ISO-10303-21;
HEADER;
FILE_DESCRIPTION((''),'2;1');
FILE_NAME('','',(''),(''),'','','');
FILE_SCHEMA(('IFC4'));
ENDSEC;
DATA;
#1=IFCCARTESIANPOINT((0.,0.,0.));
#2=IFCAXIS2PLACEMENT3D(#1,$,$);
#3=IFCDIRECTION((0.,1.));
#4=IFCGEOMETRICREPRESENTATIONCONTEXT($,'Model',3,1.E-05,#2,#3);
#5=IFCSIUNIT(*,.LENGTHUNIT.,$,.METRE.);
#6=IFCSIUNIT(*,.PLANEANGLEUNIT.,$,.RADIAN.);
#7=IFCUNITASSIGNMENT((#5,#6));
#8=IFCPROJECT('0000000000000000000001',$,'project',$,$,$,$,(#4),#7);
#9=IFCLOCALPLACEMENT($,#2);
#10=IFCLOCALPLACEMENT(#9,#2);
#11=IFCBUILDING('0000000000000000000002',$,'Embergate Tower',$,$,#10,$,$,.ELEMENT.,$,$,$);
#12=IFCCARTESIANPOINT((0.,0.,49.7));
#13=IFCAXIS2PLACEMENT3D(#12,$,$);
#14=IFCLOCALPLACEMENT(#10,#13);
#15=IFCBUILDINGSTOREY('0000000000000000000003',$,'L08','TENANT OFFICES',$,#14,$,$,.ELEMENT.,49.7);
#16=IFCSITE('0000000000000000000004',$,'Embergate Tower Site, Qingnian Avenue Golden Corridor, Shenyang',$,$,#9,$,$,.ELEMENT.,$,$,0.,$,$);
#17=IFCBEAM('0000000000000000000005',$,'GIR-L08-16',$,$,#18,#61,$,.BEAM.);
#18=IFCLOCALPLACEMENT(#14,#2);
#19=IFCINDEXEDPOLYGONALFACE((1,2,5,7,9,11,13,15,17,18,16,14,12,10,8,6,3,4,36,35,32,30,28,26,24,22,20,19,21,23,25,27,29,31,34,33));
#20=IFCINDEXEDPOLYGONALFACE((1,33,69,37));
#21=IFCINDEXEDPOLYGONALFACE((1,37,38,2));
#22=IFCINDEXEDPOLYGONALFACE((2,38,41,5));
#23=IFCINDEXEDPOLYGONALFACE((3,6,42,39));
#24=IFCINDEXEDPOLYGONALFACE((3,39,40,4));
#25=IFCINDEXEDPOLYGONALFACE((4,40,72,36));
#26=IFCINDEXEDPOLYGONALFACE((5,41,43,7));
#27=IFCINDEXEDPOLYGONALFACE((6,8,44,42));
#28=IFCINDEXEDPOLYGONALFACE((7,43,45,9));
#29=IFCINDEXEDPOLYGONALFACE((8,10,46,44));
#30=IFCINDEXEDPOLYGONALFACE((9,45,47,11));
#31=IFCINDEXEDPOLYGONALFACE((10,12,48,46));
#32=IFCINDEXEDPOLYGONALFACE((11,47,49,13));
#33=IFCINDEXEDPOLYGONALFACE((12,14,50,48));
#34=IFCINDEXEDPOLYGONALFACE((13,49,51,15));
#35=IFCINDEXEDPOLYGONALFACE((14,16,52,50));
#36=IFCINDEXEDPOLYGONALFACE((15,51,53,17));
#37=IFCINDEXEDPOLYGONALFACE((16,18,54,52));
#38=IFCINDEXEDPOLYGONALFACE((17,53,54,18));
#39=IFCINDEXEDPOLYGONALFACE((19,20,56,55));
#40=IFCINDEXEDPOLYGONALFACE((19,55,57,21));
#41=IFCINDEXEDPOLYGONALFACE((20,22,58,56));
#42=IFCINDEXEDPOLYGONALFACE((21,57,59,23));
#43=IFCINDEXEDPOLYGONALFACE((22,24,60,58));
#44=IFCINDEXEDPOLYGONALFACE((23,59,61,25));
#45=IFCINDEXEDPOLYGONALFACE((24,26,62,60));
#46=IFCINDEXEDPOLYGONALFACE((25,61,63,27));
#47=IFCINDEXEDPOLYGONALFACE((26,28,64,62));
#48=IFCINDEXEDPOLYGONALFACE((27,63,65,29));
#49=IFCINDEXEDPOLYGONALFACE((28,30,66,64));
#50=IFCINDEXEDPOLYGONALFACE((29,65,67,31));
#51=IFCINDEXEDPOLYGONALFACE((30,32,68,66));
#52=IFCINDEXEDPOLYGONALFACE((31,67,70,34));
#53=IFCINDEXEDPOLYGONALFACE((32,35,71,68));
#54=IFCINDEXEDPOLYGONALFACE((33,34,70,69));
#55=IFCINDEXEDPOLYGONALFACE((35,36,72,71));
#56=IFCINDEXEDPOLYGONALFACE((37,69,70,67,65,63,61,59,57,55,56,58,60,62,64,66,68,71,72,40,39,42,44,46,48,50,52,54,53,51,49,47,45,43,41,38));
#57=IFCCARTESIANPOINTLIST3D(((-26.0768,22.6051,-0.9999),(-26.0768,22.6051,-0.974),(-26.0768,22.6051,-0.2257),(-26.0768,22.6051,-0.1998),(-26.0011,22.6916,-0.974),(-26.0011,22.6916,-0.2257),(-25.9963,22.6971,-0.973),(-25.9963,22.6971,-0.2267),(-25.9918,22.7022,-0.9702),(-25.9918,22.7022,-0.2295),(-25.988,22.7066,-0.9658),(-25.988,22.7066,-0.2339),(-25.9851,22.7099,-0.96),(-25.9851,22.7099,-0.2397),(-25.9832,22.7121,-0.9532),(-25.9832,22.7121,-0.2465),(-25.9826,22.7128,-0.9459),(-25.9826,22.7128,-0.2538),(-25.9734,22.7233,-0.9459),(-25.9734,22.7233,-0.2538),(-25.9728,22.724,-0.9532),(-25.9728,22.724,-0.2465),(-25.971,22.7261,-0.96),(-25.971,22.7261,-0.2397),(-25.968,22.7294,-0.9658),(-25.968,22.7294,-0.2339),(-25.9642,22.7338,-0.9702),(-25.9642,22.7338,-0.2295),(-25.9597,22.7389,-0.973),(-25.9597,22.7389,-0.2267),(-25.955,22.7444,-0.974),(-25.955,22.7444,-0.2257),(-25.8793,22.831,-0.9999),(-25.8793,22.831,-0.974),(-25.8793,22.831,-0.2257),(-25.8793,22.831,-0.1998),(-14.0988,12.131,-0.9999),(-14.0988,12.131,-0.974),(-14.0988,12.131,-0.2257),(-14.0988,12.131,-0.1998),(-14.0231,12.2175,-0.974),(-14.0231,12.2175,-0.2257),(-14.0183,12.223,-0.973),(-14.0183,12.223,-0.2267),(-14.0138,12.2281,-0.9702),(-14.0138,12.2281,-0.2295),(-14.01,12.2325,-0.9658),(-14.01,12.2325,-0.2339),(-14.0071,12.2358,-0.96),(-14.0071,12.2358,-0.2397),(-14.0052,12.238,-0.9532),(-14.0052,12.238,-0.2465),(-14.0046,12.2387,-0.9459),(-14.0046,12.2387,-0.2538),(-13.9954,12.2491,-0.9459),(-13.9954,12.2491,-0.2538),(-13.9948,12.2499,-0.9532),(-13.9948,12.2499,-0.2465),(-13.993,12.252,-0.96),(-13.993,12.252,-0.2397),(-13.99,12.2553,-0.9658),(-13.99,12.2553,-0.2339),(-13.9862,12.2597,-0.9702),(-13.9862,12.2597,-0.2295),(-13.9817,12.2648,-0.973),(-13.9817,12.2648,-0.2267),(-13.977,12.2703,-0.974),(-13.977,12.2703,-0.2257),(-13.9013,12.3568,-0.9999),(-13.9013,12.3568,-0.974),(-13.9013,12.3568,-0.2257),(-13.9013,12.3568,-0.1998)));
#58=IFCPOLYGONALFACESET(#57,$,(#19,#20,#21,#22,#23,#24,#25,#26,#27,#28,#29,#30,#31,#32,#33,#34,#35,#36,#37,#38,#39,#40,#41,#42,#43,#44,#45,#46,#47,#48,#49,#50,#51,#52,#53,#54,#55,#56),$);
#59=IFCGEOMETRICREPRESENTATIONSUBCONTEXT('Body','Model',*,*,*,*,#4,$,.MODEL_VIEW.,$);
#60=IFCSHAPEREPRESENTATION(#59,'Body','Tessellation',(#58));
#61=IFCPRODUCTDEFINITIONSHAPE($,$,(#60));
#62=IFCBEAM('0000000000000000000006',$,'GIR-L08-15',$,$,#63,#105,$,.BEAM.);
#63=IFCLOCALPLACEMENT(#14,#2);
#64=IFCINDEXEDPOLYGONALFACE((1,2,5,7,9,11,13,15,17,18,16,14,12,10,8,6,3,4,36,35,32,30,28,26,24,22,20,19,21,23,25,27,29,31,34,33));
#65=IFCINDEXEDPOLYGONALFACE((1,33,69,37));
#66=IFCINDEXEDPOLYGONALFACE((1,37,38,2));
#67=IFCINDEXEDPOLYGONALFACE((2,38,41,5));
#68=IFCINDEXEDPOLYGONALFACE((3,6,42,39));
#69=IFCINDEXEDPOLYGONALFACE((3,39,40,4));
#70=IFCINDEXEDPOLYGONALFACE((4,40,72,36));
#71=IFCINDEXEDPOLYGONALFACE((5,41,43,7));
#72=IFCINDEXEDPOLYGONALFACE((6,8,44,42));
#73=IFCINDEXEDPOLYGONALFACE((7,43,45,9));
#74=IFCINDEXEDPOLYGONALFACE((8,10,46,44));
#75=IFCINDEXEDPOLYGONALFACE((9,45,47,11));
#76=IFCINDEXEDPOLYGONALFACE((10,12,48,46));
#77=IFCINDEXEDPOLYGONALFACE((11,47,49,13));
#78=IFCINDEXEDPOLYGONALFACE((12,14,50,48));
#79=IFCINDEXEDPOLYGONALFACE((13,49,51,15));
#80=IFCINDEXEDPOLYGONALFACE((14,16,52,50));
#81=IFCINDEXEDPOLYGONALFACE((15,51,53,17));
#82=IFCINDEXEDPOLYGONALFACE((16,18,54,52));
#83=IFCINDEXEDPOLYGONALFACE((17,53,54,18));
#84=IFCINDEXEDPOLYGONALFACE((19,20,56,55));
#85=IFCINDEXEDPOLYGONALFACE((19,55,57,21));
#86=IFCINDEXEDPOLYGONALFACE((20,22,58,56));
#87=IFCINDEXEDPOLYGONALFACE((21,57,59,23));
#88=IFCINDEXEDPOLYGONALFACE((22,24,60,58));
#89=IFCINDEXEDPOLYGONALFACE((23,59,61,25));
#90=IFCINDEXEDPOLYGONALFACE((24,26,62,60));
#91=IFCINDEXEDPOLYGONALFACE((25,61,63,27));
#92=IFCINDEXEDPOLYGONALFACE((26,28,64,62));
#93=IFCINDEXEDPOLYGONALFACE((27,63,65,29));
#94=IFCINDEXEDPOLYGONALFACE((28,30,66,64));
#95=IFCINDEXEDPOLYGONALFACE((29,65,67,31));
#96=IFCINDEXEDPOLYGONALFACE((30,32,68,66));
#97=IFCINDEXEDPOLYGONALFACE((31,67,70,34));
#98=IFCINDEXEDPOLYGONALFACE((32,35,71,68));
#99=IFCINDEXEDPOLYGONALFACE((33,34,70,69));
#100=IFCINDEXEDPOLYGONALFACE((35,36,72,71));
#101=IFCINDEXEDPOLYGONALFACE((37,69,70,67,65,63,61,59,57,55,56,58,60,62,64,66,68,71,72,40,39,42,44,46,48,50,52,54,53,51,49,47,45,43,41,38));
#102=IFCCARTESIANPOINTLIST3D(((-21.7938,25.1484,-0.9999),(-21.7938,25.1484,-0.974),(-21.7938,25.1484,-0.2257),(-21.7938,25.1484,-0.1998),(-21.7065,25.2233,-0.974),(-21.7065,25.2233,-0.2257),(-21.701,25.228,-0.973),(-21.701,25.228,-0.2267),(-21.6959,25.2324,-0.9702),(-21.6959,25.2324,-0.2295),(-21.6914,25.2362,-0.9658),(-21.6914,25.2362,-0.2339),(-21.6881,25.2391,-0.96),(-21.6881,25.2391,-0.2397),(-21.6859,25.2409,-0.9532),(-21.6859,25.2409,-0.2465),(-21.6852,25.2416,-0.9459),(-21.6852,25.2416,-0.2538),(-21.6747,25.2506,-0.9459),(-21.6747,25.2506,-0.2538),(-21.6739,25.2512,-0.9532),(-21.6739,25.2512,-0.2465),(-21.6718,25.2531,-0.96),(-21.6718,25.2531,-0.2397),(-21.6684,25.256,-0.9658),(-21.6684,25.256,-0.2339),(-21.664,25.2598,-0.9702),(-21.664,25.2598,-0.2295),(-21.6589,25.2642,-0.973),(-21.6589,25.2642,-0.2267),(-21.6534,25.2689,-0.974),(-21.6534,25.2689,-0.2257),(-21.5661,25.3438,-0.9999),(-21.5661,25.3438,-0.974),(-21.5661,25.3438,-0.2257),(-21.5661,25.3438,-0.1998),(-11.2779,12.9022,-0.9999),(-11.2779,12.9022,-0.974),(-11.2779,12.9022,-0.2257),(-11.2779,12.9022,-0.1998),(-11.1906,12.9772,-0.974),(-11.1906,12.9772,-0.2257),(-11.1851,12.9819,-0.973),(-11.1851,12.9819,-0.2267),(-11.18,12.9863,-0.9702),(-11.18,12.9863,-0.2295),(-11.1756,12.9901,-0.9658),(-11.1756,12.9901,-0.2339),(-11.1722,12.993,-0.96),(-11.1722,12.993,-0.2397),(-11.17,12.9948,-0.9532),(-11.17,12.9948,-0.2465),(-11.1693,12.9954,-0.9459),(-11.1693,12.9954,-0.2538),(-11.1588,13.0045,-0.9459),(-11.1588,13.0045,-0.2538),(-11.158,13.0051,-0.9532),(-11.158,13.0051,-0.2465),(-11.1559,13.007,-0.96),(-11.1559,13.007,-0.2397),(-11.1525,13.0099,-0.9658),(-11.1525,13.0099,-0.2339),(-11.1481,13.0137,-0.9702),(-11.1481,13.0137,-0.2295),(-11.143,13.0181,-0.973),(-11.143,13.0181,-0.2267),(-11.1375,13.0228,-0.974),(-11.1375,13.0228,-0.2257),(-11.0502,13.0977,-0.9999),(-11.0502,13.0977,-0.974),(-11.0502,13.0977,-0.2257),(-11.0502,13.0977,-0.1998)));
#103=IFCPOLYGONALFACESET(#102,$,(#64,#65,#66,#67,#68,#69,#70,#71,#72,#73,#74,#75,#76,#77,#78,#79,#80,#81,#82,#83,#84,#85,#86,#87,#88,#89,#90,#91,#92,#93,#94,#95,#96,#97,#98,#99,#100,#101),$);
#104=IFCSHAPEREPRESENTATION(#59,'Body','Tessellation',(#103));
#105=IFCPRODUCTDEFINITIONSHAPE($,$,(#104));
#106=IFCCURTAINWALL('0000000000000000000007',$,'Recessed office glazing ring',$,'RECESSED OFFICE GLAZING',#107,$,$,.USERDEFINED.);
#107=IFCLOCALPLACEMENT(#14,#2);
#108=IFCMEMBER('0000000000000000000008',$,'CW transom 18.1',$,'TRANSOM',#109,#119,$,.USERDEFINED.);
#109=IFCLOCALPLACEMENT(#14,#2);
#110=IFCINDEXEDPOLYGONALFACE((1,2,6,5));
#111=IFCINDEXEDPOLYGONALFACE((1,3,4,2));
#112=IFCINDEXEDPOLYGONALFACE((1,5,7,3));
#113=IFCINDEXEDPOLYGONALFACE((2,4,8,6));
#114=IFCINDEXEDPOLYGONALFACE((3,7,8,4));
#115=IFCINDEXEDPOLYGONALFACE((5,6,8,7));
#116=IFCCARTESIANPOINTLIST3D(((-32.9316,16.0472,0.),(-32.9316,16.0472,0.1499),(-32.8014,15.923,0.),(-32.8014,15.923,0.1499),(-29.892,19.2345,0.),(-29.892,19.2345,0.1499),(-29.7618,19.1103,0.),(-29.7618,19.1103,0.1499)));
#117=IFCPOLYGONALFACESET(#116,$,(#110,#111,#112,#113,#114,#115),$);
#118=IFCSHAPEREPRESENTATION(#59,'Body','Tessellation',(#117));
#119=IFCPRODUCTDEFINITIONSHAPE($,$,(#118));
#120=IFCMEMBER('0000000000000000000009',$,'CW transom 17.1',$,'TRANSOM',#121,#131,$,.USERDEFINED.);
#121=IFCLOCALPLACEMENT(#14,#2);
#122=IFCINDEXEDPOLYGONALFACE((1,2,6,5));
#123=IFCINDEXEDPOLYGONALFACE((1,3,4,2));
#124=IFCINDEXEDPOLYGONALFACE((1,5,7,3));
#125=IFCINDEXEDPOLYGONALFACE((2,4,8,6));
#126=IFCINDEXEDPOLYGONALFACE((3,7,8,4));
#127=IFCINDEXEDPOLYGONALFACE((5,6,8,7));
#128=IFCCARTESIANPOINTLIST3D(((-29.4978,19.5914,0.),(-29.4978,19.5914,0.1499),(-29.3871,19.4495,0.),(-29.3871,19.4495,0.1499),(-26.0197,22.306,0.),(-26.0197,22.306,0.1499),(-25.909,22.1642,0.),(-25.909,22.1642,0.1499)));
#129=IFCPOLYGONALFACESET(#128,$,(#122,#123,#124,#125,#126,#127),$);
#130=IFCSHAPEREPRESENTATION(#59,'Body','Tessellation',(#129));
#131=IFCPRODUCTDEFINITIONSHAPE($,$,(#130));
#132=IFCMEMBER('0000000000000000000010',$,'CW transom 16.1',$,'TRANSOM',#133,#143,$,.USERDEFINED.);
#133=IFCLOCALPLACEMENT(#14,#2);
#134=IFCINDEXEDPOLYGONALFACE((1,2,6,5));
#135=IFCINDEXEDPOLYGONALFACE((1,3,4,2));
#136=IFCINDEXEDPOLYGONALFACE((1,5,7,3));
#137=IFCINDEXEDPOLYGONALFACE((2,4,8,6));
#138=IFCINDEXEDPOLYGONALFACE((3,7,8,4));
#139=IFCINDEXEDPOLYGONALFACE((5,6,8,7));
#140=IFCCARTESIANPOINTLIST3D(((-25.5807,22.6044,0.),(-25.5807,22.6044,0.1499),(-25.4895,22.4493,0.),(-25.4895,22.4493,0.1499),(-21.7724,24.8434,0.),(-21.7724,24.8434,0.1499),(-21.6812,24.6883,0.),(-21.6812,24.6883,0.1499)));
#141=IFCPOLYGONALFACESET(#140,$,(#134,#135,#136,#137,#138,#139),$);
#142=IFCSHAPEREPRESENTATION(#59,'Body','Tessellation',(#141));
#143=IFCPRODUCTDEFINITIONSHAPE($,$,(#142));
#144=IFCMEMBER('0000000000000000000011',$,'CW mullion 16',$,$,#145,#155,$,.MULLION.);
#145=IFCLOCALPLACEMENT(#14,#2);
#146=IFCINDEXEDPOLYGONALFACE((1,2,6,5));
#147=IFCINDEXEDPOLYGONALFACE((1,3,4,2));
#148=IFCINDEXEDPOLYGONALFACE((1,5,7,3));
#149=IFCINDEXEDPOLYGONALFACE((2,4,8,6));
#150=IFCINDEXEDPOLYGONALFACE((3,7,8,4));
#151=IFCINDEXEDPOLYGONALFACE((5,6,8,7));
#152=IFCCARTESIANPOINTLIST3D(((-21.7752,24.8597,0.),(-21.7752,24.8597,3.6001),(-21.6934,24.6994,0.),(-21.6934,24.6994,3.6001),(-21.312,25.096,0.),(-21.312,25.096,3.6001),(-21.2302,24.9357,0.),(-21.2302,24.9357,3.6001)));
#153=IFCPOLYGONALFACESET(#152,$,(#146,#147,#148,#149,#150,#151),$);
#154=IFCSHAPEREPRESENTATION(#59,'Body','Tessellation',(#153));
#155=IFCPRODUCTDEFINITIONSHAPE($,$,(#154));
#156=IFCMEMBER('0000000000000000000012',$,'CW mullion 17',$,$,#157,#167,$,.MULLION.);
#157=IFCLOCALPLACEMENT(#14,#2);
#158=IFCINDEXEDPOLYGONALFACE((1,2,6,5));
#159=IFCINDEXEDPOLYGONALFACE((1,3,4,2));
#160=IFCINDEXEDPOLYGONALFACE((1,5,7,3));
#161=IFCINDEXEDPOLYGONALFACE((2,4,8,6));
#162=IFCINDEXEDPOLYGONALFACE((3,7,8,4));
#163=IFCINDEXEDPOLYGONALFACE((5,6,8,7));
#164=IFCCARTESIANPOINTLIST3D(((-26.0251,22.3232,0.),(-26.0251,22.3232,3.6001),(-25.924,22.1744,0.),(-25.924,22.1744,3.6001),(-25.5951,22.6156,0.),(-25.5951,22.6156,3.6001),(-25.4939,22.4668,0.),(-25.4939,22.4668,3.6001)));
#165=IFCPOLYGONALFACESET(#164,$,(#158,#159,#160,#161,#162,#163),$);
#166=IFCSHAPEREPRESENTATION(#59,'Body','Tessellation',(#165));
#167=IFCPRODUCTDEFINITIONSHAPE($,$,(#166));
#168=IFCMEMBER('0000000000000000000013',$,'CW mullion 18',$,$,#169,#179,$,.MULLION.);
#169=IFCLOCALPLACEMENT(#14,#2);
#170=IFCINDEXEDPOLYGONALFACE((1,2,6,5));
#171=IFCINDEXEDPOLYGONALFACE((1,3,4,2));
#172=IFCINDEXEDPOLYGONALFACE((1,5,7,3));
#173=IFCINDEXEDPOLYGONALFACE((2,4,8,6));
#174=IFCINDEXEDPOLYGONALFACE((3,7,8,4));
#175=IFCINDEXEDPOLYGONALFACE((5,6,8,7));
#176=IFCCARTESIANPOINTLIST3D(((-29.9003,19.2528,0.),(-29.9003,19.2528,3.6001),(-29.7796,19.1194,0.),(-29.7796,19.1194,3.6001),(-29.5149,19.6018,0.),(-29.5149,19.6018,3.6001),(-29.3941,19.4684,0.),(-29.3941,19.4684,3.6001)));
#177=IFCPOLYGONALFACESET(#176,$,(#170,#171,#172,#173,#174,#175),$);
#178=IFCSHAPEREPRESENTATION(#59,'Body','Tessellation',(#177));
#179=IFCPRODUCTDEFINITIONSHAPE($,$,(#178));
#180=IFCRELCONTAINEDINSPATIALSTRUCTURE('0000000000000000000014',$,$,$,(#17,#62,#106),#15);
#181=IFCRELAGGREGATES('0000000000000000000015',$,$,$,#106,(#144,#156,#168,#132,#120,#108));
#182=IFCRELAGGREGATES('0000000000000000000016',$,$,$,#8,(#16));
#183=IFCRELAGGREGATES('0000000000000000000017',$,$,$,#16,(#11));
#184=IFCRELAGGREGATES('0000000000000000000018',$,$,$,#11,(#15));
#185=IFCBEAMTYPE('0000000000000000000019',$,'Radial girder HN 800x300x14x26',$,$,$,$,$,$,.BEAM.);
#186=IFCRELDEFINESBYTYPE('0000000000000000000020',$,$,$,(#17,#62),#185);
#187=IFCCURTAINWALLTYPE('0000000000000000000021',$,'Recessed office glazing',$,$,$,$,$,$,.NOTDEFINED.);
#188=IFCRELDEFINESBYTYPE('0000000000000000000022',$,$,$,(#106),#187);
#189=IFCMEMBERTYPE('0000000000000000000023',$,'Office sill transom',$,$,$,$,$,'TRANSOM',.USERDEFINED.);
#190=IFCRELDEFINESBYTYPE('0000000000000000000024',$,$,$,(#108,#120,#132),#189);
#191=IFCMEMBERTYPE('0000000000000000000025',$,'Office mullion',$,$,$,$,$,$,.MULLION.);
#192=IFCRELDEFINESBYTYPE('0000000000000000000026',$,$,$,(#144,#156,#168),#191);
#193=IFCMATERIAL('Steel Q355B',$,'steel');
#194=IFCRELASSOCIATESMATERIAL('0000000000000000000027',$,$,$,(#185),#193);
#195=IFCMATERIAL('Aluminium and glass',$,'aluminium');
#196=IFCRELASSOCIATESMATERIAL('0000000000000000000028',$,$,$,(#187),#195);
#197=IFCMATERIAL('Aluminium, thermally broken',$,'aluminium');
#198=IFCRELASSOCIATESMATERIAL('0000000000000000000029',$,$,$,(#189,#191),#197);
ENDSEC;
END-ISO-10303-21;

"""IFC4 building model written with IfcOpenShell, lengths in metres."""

from ifc_helpers import new_model, si_unit, direction, frame, origin, origin_2d, place, context, subcontext, project, spatial, rectangle, i_section, extrude, source, transform, mapped, material, material_profile, profile_set, type_object, element, aggregate, save


model = new_model("IFC4")

# Units and contexts
model_context = context("Model", 3, precision=1e-05, world=origin(), true_north=direction((0.0, 1.0)))
body_context = subcontext(model_context, "Body", "Model", "MODEL_VIEW")
ifc_project = project(units=[si_unit("LENGTHUNIT", "METRE"), si_unit("PLANEANGLEUNIT", "RADIAN")], contexts=[model_context])

# Site, building, storey
site_placement = place(None, origin())
site = spatial("IfcSite", under=ifc_project, at=site_placement, Name="Embergate Tower Site, Qingnian Avenue Golden Corridor, Shenyang", CompositionType="ELEMENT", RefElevation=0.0)
building_placement = place(site_placement, origin())
building = spatial("IfcBuilding", under=site, at=building_placement, Name="Embergate Tower", CompositionType="ELEMENT")
storey_placement = place(building_placement, frame((0.0, 0.0, 49.7)))
storey = spatial("IfcBuildingStorey", under=building, at=storey_placement, Name="L08", Description="TENANT OFFICES", CompositionType="ELEMENT", Elevation=49.7)

# Beams
ifc_material_1 = material(Name="Steel Q355B", Category="steel")
ifc_material_profile_1 = material_profile(ifc_material_1, i_section(OverallWidth=0.3, OverallDepth=0.8, WebThickness=0.0139, FlangeThickness=0.0259, FilletRadius=0.0281, at=origin_2d()), Name="HN 800x300x14x26")
ifc_profile_set_1 = profile_set([ifc_material_profile_1], Name="Steel Q355 grade B")
beam_type_1 = type_object("IfcBeamType", Name="Radial girder HN 800x300x14x26", PredefinedType="BEAM", material=ifc_profile_set_1)
shared_shape_1 = source(origin(), body_context, "Body", "SweptSolid", [
    extrude(i_section(OverallWidth=0.3, OverallDepth=0.8, WebThickness=0.0139, FlangeThickness=0.0259, FilletRadius=0.0281, at=origin_2d()), origin(), (0.0, 0.0, 1.0), 15.9116),
])
beam_1_placement = place(storey_placement, frame((-25.978, 22.718, -0.5999), z_axis=(0.752784, -0.658268, 0.0), x_axis=(0.658268, 0.752784, 0.0)))
element("IfcBeam", 1, at=beam_1_placement, inside=storey, type_object=beam_type_1, Name="GIR-L08-16", PredefinedType="BEAM", context=body_context, shape_type="MappedRepresentation", body=[
    mapped(shared_shape_1, transform((0.0, 0.0, 0.0))),
])
shared_shape_2 = source(origin(), body_context, "Body", "SweptSolid", [
    extrude(i_section(OverallWidth=0.3, OverallDepth=0.8, WebThickness=0.0139, FlangeThickness=0.0259, FilletRadius=0.0281, at=origin_2d()), origin(), (0.0, 0.0, 1.0), 16.1416),
])
beam_2_placement = place(storey_placement, frame((-21.6799, 25.2461, -0.5999), z_axis=(0.651477, -0.758668, 0.0), x_axis=(0.758668, 0.651477, 0.0)))
element("IfcBeam", 2, at=beam_2_placement, inside=storey, type_object=beam_type_1, Name="GIR-L08-15", PredefinedType="BEAM", context=body_context, shape_type="MappedRepresentation", body=[
    mapped(shared_shape_2, transform((0.0, 0.0, 0.0))),
])

# Curtain wall, members
ifc_material_2 = material(Name="Aluminium and glass", Category="aluminium")
curtain_wall_type = type_object("IfcCurtainWallType", Name="Recessed office glazing", PredefinedType="NOTDEFINED", material=ifc_material_2)
curtain_wall_placement = place(storey_placement, origin())
curtain_wall = element("IfcCurtainWall", 3, at=curtain_wall_placement, inside=storey, type_object=curtain_wall_type, Name="Recessed office glazing ring", ObjectType="RECESSED OFFICE GLAZING", PredefinedType="USERDEFINED")
ifc_material_3 = material(Name="Aluminium, thermally broken", Category="aluminium")
ifc_material_profile_2 = material_profile(ifc_material_3, rectangle(XDim=0.1799, YDim=0.1499, at=origin_2d()), Name="AL 150x180")
ifc_profile_set_2 = profile_set([ifc_material_profile_2], Name="Aluminium, thermally broken")
member_type_1 = type_object("IfcMemberType", Name="Office sill transom", ElementType="TRANSOM", PredefinedType="USERDEFINED", material=ifc_profile_set_2)
shared_shape_3 = source(origin(), body_context, "Body", "SweptSolid", [
    extrude(rectangle(XDim=0.1799, YDim=0.1499, at=origin_2d()), origin(), (0.0, 0.0, 1.0), 4.4043),
])
member_1_placement = place(storey_placement, frame((-29.8269, 19.1724, 0.075), z_axis=(-0.690139, -0.723676, 0.0), x_axis=(0.723676, -0.690139, 0.0)))
member_1 = element("IfcMember", 4, at=member_1_placement, type_object=member_type_1, Name="CW transom 18.1", ObjectType="TRANSOM", PredefinedType="USERDEFINED", context=body_context, shape_type="MappedRepresentation", body=[
    mapped(shared_shape_3, transform((0.0, 0.0, 0.0))),
])
shared_shape_4 = source(origin(), body_context, "Body", "SweptSolid", [
    extrude(rectangle(XDim=0.1799, YDim=0.1499, at=origin_2d()), origin(), (0.0, 0.0, 1.0), 4.4121),
])
member_2_placement = place(storey_placement, frame((-25.9644, 22.2351, 0.075), z_axis=(-0.788311, -0.615277, 0.0), x_axis=(0.615277, -0.788311, 0.0)))
member_2 = element("IfcMember", 5, at=member_2_placement, type_object=member_type_1, Name="CW transom 17.1", ObjectType="TRANSOM", PredefinedType="USERDEFINED", context=body_context, shape_type="MappedRepresentation", body=[
    mapped(shared_shape_4, transform((0.0, 0.0, 0.0))),
])
shared_shape_5 = source(origin(), body_context, "Body", "SweptSolid", [
    extrude(rectangle(XDim=0.1799, YDim=0.1499, at=origin_2d()), origin(), (0.0, 0.0, 1.0), 4.4177),
])
member_3_placement = place(storey_placement, frame((-21.7268, 24.7659, 0.075), z_axis=(-0.862052, -0.50682, 0.0), x_axis=(0.50682, -0.862052, 0.0)))
member_3 = element("IfcMember", 6, at=member_3_placement, type_object=member_type_1, Name="CW transom 16.1", ObjectType="TRANSOM", PredefinedType="USERDEFINED", context=body_context, shape_type="MappedRepresentation", body=[
    mapped(shared_shape_5, transform((0.0, 0.0, 0.0))),
])
ifc_material_profile_3 = material_profile(ifc_material_3, rectangle(XDim=0.1799, YDim=0.52, at=origin_2d()), Name="AL 520x180")
ifc_profile_set_3 = profile_set([ifc_material_profile_3], Name="Aluminium, thermally broken")
member_type_2 = type_object("IfcMemberType", Name="Office mullion", PredefinedType="MULLION", material=ifc_profile_set_3)
shared_shape_6 = source(origin(), body_context, "Body", "SweptSolid", [
    extrude(rectangle(XDim=0.1799, YDim=0.52, at=origin_2d()), origin(), (0.0, 0.0, 1.0), 3.6001),
])
member_4_placement = place(storey_placement, frame((-21.5027, 24.8977, 0.0), z_axis=(0.0, 0.0, 1.0), x_axis=(0.454511, -0.890741, 0.0)))
member_4 = element("IfcMember", 7, at=member_4_placement, type_object=member_type_2, Name="CW mullion 16", PredefinedType="MULLION", context=body_context, shape_type="MappedRepresentation", body=[
    mapped(shared_shape_6, transform((0.0, 0.0, 0.0))),
])
member_5_placement = place(storey_placement, frame((-25.7595, 22.395, 0.0), z_axis=(0.0, 0.0, 1.0), x_axis=(0.562218, -0.826989, 0.0)))
member_5 = element("IfcMember", 8, at=member_5_placement, type_object=member_type_2, Name="CW mullion 17", PredefinedType="MULLION", context=body_context, shape_type="MappedRepresentation", body=[
    mapped(shared_shape_6, transform((0.0, 0.0, 0.0))),
])
member_6_placement = place(storey_placement, frame((-29.6472, 19.3606, 0.0), z_axis=(0.0, 0.0, 1.0), x_axis=(0.671229, -0.74125, 0.0)))
member_6 = element("IfcMember", 9, at=member_6_placement, type_object=member_type_2, Name="CW mullion 18", PredefinedType="MULLION", context=body_context, shape_type="MappedRepresentation", body=[
    mapped(shared_shape_6, transform((0.0, 0.0, 0.0))),
])
aggregate(curtain_wall, [member_4, member_5, member_6, member_3, member_2, member_1])

save(model, "model.ifc")
